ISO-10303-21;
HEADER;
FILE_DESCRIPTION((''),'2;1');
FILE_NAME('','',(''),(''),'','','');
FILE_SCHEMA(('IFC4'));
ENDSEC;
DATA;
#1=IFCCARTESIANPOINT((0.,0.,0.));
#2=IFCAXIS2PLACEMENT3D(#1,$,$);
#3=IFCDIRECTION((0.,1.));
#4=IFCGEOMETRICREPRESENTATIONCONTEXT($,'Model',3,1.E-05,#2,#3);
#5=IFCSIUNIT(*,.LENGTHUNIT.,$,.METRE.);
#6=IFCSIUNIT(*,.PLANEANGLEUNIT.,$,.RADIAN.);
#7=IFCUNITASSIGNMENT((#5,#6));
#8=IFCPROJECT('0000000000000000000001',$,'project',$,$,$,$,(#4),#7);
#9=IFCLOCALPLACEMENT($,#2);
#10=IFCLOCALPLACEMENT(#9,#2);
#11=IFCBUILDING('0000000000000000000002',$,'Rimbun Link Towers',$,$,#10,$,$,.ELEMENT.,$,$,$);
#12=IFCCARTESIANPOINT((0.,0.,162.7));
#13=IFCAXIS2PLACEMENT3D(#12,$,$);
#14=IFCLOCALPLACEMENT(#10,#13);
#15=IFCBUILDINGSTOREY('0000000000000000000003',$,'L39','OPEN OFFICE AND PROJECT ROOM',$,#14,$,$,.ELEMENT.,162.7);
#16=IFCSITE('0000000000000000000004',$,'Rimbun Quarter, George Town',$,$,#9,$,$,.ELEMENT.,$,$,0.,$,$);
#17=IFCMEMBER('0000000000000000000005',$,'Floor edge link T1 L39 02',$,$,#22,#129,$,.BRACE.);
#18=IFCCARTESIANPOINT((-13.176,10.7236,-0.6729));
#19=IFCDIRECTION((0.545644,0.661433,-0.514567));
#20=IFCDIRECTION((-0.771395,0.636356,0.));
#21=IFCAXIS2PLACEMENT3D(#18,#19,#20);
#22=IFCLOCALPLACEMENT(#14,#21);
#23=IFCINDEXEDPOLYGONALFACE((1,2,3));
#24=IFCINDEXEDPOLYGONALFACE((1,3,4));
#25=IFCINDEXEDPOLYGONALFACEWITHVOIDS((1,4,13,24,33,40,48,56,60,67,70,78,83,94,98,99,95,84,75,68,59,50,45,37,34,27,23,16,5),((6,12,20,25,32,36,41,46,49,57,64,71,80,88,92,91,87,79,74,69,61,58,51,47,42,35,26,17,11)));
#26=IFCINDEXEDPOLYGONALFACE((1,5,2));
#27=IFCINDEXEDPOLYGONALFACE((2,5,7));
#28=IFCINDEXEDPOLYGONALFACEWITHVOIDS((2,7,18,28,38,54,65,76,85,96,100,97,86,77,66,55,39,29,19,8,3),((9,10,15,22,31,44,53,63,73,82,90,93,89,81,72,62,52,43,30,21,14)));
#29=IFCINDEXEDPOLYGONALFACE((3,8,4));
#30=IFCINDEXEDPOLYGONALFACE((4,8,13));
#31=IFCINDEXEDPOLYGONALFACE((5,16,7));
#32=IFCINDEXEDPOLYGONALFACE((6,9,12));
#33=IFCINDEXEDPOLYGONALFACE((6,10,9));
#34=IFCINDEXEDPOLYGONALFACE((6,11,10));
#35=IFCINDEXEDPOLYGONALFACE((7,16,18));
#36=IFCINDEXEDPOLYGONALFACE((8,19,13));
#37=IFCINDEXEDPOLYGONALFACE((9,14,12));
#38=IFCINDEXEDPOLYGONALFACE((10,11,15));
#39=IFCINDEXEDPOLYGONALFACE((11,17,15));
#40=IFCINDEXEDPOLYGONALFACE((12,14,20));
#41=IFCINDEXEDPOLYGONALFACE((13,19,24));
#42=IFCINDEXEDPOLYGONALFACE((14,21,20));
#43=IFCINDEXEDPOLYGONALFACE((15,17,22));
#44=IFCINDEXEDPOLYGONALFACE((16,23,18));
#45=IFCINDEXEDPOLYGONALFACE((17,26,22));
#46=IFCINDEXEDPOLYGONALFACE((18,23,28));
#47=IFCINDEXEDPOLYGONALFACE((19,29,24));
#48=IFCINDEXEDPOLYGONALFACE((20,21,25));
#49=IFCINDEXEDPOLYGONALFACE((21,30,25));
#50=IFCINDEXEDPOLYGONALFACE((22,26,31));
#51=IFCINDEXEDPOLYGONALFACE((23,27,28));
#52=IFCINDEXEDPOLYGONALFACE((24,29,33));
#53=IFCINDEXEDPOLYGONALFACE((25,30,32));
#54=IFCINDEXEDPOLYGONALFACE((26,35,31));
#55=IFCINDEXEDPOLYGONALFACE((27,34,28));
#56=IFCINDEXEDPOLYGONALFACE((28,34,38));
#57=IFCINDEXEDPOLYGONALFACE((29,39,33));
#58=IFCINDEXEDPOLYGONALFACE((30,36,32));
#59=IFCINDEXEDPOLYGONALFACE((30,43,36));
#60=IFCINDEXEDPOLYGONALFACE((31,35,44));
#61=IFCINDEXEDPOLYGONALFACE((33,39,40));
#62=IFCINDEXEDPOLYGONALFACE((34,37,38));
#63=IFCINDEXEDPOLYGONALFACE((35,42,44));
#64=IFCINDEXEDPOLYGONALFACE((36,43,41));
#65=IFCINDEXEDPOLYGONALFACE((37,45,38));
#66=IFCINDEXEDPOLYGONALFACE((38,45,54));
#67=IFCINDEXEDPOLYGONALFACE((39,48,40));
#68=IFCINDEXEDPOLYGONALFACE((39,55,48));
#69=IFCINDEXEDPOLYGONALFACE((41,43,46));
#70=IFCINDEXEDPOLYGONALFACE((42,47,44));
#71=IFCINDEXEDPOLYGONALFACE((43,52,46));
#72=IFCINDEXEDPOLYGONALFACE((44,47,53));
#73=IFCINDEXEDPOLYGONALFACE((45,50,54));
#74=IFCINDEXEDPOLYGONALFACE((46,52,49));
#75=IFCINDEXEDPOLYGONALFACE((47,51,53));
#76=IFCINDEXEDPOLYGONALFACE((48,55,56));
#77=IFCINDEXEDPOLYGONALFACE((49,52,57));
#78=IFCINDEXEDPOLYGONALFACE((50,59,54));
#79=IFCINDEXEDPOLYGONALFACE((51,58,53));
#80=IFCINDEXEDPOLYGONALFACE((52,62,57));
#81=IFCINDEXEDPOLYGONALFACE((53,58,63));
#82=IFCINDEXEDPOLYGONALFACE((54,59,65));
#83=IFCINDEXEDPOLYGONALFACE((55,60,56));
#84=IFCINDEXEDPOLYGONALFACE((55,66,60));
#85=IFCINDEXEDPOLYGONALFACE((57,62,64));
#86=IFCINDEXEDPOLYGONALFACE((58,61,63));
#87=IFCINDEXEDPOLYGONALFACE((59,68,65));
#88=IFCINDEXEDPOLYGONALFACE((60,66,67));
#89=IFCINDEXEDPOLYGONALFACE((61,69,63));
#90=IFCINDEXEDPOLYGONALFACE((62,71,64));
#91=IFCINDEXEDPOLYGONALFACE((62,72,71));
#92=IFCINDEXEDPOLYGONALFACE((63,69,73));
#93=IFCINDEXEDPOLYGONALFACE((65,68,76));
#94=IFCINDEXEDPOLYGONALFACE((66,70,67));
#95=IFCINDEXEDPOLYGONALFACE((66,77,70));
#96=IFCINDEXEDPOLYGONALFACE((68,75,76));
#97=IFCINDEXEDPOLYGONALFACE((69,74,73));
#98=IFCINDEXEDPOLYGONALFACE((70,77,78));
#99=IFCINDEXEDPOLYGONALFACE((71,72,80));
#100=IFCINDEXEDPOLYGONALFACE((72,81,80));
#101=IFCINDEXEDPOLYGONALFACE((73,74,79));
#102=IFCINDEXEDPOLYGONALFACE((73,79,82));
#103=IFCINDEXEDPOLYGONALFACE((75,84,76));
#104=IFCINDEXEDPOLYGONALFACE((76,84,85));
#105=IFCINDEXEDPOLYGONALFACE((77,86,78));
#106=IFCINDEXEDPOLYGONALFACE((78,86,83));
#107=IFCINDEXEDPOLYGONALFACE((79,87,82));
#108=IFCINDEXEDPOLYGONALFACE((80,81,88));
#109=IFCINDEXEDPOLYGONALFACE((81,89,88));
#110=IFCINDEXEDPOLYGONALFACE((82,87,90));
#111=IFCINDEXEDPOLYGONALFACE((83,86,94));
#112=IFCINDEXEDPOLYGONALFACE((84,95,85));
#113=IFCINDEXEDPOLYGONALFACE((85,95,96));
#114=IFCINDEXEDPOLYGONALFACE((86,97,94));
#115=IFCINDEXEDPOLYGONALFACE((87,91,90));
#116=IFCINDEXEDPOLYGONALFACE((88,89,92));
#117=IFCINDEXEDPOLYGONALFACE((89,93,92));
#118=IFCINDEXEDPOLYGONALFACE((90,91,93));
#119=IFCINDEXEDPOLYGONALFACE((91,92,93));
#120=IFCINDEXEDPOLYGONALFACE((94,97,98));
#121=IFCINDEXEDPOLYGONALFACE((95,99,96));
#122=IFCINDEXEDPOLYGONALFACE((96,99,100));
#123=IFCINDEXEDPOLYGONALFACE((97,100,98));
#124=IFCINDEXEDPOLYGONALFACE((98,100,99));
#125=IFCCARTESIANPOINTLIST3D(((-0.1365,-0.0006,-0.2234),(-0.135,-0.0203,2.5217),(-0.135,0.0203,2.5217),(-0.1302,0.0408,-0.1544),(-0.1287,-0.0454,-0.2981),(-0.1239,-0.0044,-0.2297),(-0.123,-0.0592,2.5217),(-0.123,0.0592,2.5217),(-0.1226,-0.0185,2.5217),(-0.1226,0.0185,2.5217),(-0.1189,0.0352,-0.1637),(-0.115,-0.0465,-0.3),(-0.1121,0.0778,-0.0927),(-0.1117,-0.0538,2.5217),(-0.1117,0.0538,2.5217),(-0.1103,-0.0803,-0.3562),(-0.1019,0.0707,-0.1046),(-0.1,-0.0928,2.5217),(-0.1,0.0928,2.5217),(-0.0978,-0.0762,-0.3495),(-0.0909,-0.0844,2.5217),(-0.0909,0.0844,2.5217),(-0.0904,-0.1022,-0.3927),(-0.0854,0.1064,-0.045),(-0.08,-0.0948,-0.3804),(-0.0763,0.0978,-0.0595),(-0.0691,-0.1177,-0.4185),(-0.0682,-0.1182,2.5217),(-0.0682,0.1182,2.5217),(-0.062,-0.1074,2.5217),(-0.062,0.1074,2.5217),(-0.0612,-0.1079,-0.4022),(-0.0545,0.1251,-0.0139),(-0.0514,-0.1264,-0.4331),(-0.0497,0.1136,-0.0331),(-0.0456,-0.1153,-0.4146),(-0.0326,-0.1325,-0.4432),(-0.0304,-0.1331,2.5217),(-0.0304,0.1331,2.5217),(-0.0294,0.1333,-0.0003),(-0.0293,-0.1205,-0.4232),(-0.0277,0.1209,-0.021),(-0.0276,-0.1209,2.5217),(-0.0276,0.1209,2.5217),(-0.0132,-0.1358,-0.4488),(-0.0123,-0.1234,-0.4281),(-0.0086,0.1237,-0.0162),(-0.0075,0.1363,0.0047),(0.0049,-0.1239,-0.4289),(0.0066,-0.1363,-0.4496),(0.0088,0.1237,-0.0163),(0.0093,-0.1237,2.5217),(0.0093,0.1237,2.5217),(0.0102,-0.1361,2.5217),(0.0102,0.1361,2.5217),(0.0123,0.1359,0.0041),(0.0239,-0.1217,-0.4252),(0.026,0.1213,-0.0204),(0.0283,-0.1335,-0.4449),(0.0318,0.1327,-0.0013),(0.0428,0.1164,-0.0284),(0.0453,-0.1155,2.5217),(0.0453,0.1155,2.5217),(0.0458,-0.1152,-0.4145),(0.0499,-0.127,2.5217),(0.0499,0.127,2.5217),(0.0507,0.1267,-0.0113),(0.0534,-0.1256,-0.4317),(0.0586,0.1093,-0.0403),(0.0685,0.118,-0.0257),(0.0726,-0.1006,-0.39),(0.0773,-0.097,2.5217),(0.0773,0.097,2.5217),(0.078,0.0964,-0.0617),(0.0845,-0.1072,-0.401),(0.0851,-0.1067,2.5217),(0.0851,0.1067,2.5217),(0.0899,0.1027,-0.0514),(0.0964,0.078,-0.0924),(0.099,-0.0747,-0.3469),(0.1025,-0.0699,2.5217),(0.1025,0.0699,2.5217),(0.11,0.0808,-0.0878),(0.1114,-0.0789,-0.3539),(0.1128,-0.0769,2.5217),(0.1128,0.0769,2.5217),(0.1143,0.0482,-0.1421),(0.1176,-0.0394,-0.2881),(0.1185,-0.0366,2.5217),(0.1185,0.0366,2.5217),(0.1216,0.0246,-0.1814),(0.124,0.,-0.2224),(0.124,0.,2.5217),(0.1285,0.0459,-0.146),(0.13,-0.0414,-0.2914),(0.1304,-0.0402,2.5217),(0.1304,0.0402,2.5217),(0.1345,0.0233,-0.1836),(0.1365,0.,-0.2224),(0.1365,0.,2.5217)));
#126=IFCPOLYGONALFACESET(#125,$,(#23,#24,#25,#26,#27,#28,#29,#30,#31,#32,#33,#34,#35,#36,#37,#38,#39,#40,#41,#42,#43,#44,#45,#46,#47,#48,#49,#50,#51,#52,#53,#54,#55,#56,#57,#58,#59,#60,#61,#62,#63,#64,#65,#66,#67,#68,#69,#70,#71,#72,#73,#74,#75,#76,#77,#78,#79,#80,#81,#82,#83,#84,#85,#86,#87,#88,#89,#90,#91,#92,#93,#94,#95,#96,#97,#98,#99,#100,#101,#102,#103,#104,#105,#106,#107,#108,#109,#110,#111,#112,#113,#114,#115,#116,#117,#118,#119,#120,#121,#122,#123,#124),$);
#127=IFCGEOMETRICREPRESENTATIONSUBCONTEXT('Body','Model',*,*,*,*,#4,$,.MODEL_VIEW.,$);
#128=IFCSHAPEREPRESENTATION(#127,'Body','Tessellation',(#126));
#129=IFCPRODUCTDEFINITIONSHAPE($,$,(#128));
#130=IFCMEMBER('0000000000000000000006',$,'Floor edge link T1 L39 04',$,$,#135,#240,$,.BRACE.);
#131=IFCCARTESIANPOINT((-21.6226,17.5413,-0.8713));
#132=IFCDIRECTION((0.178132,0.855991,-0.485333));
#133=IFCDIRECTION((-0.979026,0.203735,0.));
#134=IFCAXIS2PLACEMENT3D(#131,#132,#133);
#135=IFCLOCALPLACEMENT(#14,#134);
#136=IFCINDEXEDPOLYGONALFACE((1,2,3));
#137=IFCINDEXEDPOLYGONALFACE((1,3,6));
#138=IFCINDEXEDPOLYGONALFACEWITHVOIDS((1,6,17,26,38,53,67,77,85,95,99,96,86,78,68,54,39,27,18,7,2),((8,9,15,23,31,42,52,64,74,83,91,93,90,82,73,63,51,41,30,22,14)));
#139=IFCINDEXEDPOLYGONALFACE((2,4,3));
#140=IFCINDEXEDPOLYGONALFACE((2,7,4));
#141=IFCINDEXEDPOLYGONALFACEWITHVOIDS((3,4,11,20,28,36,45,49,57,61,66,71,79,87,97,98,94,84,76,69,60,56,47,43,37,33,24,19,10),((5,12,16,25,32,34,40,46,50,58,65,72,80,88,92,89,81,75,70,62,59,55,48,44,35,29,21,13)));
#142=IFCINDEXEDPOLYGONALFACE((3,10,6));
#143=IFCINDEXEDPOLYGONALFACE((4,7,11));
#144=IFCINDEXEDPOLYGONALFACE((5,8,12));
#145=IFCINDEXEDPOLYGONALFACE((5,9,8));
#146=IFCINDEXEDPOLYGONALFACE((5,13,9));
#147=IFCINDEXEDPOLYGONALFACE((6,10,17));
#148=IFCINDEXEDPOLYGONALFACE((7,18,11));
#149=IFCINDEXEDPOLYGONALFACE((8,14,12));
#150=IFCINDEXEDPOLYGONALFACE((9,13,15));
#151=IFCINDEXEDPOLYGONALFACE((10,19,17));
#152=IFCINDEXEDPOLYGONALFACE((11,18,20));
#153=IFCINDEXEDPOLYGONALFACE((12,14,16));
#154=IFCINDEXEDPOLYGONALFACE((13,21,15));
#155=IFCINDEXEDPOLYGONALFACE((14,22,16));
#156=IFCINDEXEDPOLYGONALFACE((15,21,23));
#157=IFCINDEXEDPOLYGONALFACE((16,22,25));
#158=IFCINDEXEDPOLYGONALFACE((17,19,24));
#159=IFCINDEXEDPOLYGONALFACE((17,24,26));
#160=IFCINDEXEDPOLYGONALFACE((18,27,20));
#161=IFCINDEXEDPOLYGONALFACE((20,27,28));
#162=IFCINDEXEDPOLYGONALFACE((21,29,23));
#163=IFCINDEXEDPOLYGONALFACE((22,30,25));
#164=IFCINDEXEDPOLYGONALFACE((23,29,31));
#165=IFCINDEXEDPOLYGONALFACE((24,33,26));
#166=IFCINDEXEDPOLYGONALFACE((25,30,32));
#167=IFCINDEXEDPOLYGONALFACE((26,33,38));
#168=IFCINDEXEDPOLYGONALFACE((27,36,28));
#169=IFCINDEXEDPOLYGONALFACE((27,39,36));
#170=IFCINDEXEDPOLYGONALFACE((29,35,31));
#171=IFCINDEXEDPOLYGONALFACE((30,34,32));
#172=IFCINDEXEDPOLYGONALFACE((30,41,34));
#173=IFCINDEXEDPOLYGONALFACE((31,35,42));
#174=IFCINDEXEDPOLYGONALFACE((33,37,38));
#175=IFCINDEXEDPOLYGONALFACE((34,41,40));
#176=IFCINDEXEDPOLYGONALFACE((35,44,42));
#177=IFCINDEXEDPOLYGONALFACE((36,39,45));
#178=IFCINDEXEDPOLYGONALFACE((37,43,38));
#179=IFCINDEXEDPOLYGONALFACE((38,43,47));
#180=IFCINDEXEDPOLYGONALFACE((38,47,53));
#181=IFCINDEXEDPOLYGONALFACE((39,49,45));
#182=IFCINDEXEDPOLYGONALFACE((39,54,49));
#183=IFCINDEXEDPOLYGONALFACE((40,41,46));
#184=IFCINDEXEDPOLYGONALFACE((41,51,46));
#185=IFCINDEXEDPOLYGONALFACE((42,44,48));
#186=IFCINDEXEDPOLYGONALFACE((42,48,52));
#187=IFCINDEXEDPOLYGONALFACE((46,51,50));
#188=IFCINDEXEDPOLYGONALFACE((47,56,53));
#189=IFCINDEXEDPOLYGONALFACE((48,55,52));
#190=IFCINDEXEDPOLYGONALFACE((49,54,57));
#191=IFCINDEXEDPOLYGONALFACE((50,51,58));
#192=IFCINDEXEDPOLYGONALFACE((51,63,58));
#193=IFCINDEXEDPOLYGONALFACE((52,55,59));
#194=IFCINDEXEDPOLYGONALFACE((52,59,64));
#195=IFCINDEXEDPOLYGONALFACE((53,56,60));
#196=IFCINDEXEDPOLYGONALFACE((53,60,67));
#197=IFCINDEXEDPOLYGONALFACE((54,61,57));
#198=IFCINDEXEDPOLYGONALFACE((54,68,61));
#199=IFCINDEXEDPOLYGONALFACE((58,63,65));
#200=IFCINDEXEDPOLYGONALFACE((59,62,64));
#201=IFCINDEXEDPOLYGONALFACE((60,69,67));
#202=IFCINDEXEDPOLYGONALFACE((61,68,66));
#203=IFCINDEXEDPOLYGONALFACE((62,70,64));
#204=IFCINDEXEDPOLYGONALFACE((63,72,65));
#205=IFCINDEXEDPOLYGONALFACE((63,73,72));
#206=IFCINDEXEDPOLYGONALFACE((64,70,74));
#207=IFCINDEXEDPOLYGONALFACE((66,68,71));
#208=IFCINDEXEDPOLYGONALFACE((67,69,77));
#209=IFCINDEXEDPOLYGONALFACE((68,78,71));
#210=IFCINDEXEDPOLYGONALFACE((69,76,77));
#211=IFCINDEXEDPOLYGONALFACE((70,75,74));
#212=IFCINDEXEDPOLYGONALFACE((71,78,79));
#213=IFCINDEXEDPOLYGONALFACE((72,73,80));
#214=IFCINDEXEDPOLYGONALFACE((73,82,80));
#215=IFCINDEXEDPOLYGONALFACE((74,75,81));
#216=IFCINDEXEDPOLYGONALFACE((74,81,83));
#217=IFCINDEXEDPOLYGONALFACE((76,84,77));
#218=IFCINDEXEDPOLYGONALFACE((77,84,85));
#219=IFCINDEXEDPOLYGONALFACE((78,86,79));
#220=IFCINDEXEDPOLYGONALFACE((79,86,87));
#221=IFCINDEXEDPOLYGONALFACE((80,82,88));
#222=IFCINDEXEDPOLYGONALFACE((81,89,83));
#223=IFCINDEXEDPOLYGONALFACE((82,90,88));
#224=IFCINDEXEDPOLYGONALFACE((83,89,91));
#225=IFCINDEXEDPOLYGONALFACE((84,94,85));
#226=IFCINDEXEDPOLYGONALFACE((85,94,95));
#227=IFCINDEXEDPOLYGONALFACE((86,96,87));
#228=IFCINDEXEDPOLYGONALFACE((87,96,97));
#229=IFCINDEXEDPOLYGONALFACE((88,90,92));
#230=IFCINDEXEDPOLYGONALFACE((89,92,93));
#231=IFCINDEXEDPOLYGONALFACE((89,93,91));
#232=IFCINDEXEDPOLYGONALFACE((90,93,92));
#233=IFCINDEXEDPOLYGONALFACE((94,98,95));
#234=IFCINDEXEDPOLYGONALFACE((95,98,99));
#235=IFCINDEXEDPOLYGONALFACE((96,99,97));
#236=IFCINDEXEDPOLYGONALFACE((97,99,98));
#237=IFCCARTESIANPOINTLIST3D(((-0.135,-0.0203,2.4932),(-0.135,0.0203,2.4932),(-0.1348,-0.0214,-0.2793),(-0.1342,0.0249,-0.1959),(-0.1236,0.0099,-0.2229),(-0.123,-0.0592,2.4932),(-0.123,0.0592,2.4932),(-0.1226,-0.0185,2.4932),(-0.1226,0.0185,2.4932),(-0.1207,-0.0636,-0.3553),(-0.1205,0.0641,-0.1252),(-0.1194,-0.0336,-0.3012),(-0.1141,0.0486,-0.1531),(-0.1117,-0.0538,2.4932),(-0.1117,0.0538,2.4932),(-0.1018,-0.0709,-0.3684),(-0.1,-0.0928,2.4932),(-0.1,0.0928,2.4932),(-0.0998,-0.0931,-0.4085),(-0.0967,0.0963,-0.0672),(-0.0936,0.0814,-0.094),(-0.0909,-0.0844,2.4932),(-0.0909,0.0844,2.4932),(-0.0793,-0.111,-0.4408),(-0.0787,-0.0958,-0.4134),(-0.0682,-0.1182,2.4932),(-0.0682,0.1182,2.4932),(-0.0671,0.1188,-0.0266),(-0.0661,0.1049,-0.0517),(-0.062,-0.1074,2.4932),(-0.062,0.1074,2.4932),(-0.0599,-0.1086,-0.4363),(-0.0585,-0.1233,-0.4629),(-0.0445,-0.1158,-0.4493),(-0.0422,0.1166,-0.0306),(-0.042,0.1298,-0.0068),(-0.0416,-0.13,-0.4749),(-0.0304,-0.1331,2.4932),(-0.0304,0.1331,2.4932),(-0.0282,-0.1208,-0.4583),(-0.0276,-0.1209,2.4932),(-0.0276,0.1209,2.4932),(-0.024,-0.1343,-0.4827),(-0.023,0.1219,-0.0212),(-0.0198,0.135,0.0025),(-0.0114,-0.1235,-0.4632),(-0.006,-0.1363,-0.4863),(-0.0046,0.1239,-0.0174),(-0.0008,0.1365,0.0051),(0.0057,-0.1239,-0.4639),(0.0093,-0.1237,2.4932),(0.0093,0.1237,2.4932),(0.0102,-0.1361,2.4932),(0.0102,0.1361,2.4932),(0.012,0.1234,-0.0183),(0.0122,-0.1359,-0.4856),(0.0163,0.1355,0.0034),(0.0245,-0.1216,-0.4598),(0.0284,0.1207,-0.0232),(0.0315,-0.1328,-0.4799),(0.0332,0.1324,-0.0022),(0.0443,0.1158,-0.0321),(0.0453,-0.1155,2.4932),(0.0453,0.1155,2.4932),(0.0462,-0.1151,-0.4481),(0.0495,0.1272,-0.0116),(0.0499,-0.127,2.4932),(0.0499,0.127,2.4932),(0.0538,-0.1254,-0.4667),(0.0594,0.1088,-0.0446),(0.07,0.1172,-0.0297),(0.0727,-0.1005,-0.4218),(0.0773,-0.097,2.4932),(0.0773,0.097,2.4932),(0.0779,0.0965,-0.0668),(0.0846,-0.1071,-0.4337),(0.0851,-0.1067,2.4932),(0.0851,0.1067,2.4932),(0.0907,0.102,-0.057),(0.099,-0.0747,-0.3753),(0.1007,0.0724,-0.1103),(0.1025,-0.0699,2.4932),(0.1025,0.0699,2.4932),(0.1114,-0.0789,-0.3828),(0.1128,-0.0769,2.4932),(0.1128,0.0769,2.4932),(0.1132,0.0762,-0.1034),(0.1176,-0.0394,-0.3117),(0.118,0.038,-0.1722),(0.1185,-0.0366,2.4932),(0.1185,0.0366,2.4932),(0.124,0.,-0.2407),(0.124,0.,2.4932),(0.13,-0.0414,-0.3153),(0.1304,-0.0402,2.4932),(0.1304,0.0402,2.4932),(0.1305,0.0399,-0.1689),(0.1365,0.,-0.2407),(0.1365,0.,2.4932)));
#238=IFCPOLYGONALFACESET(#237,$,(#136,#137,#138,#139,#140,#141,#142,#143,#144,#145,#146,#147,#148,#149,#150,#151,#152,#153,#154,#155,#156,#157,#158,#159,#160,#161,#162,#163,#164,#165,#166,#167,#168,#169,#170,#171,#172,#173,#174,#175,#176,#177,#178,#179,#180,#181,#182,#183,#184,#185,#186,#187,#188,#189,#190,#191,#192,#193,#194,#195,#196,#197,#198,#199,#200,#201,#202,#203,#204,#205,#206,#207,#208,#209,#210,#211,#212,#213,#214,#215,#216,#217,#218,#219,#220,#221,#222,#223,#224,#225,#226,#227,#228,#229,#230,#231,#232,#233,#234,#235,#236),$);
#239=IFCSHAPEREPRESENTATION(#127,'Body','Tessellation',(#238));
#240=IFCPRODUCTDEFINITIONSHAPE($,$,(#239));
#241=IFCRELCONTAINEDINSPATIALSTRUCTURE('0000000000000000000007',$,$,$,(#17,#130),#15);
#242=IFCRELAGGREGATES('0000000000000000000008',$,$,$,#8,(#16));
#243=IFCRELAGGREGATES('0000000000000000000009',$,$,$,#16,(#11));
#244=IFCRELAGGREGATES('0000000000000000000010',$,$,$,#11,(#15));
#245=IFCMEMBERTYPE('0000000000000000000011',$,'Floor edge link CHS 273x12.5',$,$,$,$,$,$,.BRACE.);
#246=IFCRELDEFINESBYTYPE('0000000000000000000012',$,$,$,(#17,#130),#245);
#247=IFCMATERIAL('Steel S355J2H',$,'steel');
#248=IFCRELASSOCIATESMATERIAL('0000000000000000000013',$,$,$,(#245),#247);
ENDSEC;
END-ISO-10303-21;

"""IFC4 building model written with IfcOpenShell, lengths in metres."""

from ifc_helpers import new_model, si_unit, direction, frame, origin, origin_2d, place, context, subcontext, project, spatial, hollow_circle, extrude, clip, halfspace, material, material_profile, profile_set, type_object, element, save


model = new_model("IFC4")

# Units and contexts
model_context = context("Model", 3, precision=1e-05, world=origin(), true_north=direction((0.0, 1.0)))
body_context = subcontext(model_context, "Body", "Model", "MODEL_VIEW")
ifc_project = project(units=[si_unit("LENGTHUNIT", "METRE"), si_unit("PLANEANGLEUNIT", "RADIAN")], contexts=[model_context])

# Site, building, storey
site_placement = place(None, origin())
site = spatial("IfcSite", under=ifc_project, at=site_placement, Name="Rimbun Quarter, George Town", CompositionType="ELEMENT", RefElevation=0.0)
building_placement = place(site_placement, origin())
building = spatial("IfcBuilding", under=site, at=building_placement, Name="Rimbun Link Towers", CompositionType="ELEMENT")
storey_placement = place(building_placement, frame((0.0, 0.0, 162.7)))
storey = spatial("IfcBuildingStorey", under=building, at=storey_placement, Name="L39", Description="OPEN OFFICE AND PROJECT ROOM", CompositionType="ELEMENT", Elevation=162.7)

# Members
ifc_material_1 = material(Name="Steel S355J2H", Category="steel")
ifc_material_profile_1 = material_profile(ifc_material_1, hollow_circle(Radius=0.1365, WallThickness=0.0125, at=origin_2d()), Name="CHS 273x12.5")
ifc_profile_set_1 = profile_set([ifc_material_profile_1], Name="Steel S355J2H")
member_type_1 = type_object("IfcMemberType", Name="Floor edge link CHS 273x12.5", PredefinedType="BRACE", material=ifc_profile_set_1)
member_1_placement = place(storey_placement, frame((-13.176, 10.7236, -0.6729), z_axis=(0.545644, 0.661433, -0.514567), x_axis=(-0.771395, 0.636356, 0.0)))
element("IfcMember", 1, at=member_1_placement, inside=storey, type_object=member_type_1, Name="Floor edge link T1 L39 02", PredefinedType="BRACE", context=body_context, shape_type="Clipping", body=[
    clip(extrude(hollow_circle(Radius=0.1365, WallThickness=0.0125, at=origin_2d()), frame((0.0, 0.0, -0.4744)), (0.0, 0.0, 1.0), 2.9961), halfspace(frame((0.0, 0.0, -0.2224), z_axis=(0.0, 0.85745, -0.514567)), False)),
])
member_2_placement = place(storey_placement, frame((-21.6226, 17.5413, -0.8713), z_axis=(0.178132, 0.855991, -0.485333), x_axis=(-0.979026, 0.203735, 0.0)))
element("IfcMember", 2, at=member_2_placement, inside=storey, type_object=member_type_1, Name="Floor edge link T1 L39 04", PredefinedType="BRACE", context=body_context, shape_type="Clipping", body=[
    clip(extrude(hollow_circle(Radius=0.1365, WallThickness=0.0125, at=origin_2d()), frame((0.0, 0.0, -0.5125)), (0.0, 0.0, 1.0), 3.0056), halfspace(frame((0.0, 0.0, -0.2407), z_axis=(0.0, 0.87433, -0.485333)), False)),
])

save(model, "model.ifc")
